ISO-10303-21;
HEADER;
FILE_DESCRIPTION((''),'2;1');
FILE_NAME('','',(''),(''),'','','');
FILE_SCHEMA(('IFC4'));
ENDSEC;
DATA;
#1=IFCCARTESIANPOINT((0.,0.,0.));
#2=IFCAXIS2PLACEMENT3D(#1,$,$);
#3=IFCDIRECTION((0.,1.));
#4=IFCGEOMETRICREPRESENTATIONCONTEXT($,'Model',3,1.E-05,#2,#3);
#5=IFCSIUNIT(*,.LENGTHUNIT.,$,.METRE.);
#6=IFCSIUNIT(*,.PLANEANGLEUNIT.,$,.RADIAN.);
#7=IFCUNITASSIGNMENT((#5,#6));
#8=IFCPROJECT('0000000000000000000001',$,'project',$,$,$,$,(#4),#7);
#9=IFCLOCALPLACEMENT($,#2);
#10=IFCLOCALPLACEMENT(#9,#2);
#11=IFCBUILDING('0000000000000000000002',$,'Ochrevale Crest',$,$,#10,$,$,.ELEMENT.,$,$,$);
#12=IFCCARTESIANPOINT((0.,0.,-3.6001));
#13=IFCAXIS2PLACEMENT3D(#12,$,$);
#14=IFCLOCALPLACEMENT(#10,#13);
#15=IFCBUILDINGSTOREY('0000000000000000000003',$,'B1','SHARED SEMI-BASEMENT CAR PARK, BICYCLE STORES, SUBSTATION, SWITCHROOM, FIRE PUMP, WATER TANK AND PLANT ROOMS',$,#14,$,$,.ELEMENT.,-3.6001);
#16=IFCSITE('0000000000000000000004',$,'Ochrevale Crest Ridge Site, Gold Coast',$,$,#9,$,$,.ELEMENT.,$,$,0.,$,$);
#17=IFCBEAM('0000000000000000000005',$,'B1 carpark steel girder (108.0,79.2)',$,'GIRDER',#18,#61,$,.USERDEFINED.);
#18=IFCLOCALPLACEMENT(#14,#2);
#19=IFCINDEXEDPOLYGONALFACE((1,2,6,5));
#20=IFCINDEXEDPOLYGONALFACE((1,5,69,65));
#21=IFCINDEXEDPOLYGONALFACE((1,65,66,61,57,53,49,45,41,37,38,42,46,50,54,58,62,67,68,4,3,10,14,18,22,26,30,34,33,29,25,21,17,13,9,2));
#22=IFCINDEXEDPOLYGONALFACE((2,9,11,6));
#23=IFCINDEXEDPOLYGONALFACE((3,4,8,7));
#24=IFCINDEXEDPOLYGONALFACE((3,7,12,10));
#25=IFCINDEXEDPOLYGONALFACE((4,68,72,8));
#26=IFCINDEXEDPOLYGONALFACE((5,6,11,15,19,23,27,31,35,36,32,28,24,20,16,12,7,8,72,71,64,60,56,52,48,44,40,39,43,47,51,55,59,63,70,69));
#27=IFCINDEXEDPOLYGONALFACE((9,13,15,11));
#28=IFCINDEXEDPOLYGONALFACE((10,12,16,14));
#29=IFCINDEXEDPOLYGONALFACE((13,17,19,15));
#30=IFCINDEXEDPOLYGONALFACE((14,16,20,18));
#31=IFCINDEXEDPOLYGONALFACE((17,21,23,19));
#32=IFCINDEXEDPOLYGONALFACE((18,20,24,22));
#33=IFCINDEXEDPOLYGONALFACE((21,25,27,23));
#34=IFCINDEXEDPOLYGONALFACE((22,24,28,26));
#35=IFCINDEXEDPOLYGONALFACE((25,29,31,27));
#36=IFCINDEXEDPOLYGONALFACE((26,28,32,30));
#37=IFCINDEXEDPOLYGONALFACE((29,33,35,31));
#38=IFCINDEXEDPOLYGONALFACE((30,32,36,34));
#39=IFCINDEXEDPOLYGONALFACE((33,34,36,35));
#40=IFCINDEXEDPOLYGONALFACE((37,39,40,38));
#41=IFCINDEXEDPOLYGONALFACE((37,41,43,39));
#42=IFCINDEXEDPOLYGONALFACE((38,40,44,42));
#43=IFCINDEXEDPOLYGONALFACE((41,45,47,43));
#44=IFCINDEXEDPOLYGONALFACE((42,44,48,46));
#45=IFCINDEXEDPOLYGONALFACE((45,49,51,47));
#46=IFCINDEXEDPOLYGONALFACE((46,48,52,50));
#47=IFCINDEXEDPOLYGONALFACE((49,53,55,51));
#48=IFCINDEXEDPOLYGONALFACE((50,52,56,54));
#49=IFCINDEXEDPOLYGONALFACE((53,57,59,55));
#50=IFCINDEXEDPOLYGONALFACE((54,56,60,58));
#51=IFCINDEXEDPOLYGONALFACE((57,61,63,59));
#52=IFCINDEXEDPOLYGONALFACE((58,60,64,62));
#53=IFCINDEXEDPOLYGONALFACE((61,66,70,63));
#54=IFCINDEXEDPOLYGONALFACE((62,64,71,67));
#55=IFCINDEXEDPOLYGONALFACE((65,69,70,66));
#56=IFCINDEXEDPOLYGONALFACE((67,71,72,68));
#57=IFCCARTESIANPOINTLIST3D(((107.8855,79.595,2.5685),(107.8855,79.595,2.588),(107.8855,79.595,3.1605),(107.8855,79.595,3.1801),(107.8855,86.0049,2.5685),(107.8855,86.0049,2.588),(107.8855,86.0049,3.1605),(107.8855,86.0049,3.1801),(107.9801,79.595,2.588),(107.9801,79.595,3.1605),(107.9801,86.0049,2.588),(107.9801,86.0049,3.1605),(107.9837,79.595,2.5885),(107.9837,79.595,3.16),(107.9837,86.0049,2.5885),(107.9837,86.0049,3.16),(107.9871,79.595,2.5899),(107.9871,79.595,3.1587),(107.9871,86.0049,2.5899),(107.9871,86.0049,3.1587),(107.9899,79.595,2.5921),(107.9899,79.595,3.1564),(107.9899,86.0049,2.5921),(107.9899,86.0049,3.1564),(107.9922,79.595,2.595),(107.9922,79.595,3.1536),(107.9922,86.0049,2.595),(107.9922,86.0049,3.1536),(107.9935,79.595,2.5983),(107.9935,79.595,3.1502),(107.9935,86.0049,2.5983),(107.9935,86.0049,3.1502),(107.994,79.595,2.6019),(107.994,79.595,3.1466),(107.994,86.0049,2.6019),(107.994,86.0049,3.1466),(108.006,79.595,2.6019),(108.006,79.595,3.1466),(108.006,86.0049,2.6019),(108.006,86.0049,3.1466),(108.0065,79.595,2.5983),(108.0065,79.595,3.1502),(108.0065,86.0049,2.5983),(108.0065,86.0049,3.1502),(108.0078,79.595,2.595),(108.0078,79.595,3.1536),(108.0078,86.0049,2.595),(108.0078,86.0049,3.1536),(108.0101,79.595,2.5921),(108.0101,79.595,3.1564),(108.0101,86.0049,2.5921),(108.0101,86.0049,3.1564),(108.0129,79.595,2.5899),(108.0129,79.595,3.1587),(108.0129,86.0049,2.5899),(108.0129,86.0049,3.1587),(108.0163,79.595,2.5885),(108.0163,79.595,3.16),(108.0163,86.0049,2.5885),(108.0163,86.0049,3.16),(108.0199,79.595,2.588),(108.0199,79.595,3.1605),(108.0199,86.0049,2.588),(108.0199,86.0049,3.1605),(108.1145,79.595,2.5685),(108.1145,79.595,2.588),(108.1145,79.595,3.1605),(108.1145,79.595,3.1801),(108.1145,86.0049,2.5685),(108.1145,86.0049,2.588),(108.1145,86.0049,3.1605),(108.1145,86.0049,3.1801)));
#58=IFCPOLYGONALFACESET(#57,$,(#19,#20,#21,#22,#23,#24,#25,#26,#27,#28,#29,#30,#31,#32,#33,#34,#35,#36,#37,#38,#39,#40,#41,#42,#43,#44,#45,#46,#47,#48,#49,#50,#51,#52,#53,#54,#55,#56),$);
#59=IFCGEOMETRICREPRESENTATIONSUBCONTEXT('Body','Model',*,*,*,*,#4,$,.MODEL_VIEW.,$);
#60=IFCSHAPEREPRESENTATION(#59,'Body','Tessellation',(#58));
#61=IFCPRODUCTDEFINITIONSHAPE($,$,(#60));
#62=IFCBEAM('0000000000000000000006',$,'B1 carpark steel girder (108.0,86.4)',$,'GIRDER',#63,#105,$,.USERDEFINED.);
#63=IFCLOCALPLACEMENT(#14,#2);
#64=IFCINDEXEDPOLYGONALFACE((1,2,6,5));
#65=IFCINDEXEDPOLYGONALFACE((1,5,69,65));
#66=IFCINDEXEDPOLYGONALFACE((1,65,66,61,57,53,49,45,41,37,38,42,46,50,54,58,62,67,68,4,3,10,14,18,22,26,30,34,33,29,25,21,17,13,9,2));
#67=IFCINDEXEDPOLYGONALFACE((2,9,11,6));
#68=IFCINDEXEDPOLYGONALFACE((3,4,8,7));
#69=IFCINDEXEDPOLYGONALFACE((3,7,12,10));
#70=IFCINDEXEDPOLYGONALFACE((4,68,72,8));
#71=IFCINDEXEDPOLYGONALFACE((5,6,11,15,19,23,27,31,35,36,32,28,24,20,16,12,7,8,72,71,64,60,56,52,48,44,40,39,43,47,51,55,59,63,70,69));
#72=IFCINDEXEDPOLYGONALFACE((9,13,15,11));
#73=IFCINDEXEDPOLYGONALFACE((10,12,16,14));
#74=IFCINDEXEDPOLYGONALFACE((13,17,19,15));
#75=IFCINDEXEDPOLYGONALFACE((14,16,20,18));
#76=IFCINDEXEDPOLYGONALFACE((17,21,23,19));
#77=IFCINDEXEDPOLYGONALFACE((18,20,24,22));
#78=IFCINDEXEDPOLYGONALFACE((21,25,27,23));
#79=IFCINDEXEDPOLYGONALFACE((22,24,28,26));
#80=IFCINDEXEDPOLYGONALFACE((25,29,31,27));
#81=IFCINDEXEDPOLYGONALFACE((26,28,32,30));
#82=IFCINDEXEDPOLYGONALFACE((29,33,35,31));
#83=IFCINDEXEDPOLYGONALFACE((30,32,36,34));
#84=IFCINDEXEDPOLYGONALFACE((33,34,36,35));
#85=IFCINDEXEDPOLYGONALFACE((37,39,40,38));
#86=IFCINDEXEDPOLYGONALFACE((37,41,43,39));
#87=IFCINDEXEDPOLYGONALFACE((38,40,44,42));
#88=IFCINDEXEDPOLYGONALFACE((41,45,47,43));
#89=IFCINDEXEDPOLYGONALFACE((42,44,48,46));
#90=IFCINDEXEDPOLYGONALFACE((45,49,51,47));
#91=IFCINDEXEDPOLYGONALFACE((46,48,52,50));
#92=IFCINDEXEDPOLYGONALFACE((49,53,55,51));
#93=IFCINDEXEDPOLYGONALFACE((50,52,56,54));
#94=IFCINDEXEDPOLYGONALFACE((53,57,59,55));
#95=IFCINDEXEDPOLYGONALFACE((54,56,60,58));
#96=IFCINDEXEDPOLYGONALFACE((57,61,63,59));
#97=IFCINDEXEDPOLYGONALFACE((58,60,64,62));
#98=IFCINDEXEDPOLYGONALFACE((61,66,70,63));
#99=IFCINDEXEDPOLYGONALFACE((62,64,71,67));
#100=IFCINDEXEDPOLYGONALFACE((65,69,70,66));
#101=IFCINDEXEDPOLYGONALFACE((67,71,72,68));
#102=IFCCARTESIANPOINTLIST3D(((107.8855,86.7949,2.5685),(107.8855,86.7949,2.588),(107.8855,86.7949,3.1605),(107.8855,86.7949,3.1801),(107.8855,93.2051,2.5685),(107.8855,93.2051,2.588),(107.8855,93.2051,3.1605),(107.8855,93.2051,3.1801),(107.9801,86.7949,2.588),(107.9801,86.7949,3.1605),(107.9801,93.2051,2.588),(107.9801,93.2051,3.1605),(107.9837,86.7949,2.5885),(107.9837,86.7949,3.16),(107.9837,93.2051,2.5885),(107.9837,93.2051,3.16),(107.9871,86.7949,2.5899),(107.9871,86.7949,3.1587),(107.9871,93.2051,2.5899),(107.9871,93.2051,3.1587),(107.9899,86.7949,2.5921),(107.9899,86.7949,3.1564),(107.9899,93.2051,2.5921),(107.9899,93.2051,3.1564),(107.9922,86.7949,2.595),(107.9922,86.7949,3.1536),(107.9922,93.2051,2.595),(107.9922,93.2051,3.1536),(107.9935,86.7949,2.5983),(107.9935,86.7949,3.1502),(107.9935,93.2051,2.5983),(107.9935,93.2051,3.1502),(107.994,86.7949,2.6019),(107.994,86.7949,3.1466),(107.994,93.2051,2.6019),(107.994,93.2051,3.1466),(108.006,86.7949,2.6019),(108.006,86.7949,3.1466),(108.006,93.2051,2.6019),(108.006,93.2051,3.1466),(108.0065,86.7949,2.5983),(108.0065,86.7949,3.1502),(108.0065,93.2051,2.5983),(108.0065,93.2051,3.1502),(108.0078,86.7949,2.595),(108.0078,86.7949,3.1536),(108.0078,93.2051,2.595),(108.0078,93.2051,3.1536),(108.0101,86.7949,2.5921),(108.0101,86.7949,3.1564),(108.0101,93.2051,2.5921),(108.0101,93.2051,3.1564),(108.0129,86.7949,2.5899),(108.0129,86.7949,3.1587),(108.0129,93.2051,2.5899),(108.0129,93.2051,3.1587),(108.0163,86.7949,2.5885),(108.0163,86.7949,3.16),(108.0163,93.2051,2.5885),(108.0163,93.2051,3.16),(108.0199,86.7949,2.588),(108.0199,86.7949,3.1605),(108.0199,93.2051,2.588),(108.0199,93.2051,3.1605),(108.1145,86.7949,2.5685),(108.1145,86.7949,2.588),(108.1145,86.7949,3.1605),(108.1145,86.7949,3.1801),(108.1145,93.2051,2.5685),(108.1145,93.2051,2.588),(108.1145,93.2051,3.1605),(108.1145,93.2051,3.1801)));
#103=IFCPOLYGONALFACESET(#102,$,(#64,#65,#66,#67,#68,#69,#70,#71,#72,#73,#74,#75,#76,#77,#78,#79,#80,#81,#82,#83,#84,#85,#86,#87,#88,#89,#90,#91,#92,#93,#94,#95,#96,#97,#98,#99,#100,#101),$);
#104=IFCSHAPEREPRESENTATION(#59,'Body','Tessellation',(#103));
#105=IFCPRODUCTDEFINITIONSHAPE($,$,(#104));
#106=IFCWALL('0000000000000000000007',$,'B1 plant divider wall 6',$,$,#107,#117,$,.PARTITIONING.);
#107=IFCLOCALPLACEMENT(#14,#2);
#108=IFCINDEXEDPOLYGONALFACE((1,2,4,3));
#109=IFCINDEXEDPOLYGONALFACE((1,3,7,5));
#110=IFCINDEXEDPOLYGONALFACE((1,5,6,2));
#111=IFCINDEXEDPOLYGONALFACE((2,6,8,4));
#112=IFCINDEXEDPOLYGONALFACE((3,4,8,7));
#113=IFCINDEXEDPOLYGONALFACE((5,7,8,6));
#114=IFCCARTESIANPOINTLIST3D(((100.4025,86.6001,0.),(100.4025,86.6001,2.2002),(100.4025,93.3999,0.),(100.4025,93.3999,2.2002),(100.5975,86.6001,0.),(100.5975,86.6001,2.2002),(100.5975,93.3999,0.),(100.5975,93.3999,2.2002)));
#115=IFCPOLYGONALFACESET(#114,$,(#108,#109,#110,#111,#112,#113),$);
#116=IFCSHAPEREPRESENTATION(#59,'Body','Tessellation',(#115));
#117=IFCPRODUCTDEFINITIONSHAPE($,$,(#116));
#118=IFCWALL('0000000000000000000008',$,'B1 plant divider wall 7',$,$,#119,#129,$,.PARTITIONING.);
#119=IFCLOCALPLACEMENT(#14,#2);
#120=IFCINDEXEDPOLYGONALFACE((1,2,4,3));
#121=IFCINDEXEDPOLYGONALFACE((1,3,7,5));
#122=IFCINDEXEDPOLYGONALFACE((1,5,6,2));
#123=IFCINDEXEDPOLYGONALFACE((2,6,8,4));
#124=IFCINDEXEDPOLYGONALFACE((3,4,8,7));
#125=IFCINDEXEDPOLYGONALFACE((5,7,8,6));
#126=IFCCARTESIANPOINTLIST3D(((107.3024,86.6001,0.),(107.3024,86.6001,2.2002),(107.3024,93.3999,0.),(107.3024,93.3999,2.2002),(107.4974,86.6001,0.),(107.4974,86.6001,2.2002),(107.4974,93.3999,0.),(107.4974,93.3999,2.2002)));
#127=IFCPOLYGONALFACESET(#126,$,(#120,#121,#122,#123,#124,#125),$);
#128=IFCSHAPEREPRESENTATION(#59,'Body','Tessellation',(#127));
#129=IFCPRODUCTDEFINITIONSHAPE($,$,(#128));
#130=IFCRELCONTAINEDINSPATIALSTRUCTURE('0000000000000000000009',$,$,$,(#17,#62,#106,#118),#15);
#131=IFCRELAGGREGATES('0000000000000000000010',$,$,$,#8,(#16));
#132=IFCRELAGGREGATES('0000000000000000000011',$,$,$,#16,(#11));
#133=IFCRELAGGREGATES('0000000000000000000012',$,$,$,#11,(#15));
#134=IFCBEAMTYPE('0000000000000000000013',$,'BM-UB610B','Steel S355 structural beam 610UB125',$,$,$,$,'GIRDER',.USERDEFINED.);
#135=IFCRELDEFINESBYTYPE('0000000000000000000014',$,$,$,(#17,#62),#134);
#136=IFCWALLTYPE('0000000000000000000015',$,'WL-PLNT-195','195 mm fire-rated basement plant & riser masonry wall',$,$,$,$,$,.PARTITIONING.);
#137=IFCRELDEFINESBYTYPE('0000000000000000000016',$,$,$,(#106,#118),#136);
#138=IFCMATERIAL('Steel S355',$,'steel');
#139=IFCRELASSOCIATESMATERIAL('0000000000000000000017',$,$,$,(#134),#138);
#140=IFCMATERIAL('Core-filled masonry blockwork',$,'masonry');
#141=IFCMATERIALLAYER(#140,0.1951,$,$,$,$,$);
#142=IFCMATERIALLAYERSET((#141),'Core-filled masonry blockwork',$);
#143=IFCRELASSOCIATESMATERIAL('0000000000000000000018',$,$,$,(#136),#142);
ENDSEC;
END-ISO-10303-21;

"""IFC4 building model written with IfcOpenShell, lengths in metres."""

from ifc_helpers import new_model, si_unit, direction, frame, frame_2d, origin, origin_2d, place, context, subcontext, project, spatial, rectangle, i_section, extrude, material, layer, layer_set, material_profile, profile_set, type_object, element, save


model = new_model("IFC4")

# Units and contexts
model_context = context("Model", 3, precision=1e-05, world=origin(), true_north=direction((0.0, 1.0)))
body_context = subcontext(model_context, "Body", "Model", "MODEL_VIEW")
ifc_project = project(units=[si_unit("LENGTHUNIT", "METRE"), si_unit("PLANEANGLEUNIT", "RADIAN")], contexts=[model_context])

# Site, building, storey
site_placement = place(None, origin())
site = spatial("IfcSite", under=ifc_project, at=site_placement, Name="Ochrevale Crest Ridge Site, Gold Coast", CompositionType="ELEMENT", RefElevation=0.0)
building_placement = place(site_placement, origin())
building = spatial("IfcBuilding", under=site, at=building_placement, Name="Ochrevale Crest", CompositionType="ELEMENT")
storey_placement = place(building_placement, frame((0.0, 0.0, -3.6001)))
storey = spatial("IfcBuildingStorey", under=building, at=storey_placement, Name="B1", Description="SHARED SEMI-BASEMENT CAR PARK, BICYCLE STORES, SUBSTATION, SWITCHROOM, FIRE PUMP, WATER TANK AND PLANT ROOMS", CompositionType="ELEMENT", Elevation=-3.6001)

# Beams
ifc_material_1 = material(Name="Steel S355", Category="steel")
ifc_material_profile_1 = material_profile(ifc_material_1, i_section(OverallWidth=0.229, OverallDepth=0.6116, WebThickness=0.012, FlangeThickness=0.0195, FilletRadius=0.0139, at=origin_2d()), Name="610UB125")
ifc_profile_set_1 = profile_set([ifc_material_profile_1], Name="Steel S355")
beam_type_1 = type_object("IfcBeamType", Name="BM-UB610B", Description="Steel S355 structural beam 610UB125", ElementType="GIRDER", PredefinedType="USERDEFINED", material=ifc_profile_set_1)
beam_1_placement = place(storey_placement, frame((108.0, 79.595, 2.8743), z_axis=(0.0, 1.0, 0.0), x_axis=(-1.0, 0.0, 0.0)))
element("IfcBeam", 1, at=beam_1_placement, inside=storey, type_object=beam_type_1, Name="B1 carpark steel girder (108.0,79.2)", ObjectType="GIRDER", PredefinedType="USERDEFINED", context=body_context, shape_type="SweptSolid", body=[
    extrude(i_section(OverallWidth=0.229, OverallDepth=0.6116, WebThickness=0.012, FlangeThickness=0.0195, FilletRadius=0.0139, at=origin_2d()), origin(), (0.0, 0.0, 1.0), 6.4099),
])
beam_2_placement = place(storey_placement, frame((108.0, 86.7949, 2.8743), z_axis=(0.0, 1.0, 0.0), x_axis=(-1.0, 0.0, 0.0)))
element("IfcBeam", 2, at=beam_2_placement, inside=storey, type_object=beam_type_1, Name="B1 carpark steel girder (108.0,86.4)", ObjectType="GIRDER", PredefinedType="USERDEFINED", context=body_context, shape_type="SweptSolid", body=[
    extrude(i_section(OverallWidth=0.229, OverallDepth=0.6116, WebThickness=0.012, FlangeThickness=0.0195, FilletRadius=0.0139, at=origin_2d()), origin(), (0.0, 0.0, 1.0), 6.4102),
])

# Walls
ifc_material_2 = material(Name="Core-filled masonry blockwork", Category="masonry")
ifc_layer = layer(ifc_material_2, 0.1951)
ifc_layer_set = layer_set([ifc_layer], Name="Core-filled masonry blockwork")
wall_type = type_object("IfcWallType", Name="WL-PLNT-195", Description="195 mm fire-rated basement plant & riser masonry wall", PredefinedType="PARTITIONING", material=ifc_layer_set)
for number, where, z_axis, x_axis, name in (
    (3, (100.5, 86.6001, 0.0), (0.0, 0.0, 1.0), (0.0, 1.0, 0.0), "B1 plant divider wall 6"),
    (4, (107.3999, 86.6001, 0.0), (0.0, 0.0, 1.0), (0.0, 1.0, 0.0), "B1 plant divider wall 7"),
):
    element("IfcWall", number, at=place(storey_placement, frame(where, z_axis=z_axis, x_axis=x_axis)), inside=storey, type_object=wall_type, Name=name, PredefinedType="PARTITIONING", context=body_context, shape_type="SweptSolid", body=[
        extrude(rectangle(XDim=6.7998, YDim=0.1951, at=frame_2d((3.3999, 0.0))), origin(), (0.0, 0.0, 1.0), 2.2002),
    ])

save(model, "model.ifc")
